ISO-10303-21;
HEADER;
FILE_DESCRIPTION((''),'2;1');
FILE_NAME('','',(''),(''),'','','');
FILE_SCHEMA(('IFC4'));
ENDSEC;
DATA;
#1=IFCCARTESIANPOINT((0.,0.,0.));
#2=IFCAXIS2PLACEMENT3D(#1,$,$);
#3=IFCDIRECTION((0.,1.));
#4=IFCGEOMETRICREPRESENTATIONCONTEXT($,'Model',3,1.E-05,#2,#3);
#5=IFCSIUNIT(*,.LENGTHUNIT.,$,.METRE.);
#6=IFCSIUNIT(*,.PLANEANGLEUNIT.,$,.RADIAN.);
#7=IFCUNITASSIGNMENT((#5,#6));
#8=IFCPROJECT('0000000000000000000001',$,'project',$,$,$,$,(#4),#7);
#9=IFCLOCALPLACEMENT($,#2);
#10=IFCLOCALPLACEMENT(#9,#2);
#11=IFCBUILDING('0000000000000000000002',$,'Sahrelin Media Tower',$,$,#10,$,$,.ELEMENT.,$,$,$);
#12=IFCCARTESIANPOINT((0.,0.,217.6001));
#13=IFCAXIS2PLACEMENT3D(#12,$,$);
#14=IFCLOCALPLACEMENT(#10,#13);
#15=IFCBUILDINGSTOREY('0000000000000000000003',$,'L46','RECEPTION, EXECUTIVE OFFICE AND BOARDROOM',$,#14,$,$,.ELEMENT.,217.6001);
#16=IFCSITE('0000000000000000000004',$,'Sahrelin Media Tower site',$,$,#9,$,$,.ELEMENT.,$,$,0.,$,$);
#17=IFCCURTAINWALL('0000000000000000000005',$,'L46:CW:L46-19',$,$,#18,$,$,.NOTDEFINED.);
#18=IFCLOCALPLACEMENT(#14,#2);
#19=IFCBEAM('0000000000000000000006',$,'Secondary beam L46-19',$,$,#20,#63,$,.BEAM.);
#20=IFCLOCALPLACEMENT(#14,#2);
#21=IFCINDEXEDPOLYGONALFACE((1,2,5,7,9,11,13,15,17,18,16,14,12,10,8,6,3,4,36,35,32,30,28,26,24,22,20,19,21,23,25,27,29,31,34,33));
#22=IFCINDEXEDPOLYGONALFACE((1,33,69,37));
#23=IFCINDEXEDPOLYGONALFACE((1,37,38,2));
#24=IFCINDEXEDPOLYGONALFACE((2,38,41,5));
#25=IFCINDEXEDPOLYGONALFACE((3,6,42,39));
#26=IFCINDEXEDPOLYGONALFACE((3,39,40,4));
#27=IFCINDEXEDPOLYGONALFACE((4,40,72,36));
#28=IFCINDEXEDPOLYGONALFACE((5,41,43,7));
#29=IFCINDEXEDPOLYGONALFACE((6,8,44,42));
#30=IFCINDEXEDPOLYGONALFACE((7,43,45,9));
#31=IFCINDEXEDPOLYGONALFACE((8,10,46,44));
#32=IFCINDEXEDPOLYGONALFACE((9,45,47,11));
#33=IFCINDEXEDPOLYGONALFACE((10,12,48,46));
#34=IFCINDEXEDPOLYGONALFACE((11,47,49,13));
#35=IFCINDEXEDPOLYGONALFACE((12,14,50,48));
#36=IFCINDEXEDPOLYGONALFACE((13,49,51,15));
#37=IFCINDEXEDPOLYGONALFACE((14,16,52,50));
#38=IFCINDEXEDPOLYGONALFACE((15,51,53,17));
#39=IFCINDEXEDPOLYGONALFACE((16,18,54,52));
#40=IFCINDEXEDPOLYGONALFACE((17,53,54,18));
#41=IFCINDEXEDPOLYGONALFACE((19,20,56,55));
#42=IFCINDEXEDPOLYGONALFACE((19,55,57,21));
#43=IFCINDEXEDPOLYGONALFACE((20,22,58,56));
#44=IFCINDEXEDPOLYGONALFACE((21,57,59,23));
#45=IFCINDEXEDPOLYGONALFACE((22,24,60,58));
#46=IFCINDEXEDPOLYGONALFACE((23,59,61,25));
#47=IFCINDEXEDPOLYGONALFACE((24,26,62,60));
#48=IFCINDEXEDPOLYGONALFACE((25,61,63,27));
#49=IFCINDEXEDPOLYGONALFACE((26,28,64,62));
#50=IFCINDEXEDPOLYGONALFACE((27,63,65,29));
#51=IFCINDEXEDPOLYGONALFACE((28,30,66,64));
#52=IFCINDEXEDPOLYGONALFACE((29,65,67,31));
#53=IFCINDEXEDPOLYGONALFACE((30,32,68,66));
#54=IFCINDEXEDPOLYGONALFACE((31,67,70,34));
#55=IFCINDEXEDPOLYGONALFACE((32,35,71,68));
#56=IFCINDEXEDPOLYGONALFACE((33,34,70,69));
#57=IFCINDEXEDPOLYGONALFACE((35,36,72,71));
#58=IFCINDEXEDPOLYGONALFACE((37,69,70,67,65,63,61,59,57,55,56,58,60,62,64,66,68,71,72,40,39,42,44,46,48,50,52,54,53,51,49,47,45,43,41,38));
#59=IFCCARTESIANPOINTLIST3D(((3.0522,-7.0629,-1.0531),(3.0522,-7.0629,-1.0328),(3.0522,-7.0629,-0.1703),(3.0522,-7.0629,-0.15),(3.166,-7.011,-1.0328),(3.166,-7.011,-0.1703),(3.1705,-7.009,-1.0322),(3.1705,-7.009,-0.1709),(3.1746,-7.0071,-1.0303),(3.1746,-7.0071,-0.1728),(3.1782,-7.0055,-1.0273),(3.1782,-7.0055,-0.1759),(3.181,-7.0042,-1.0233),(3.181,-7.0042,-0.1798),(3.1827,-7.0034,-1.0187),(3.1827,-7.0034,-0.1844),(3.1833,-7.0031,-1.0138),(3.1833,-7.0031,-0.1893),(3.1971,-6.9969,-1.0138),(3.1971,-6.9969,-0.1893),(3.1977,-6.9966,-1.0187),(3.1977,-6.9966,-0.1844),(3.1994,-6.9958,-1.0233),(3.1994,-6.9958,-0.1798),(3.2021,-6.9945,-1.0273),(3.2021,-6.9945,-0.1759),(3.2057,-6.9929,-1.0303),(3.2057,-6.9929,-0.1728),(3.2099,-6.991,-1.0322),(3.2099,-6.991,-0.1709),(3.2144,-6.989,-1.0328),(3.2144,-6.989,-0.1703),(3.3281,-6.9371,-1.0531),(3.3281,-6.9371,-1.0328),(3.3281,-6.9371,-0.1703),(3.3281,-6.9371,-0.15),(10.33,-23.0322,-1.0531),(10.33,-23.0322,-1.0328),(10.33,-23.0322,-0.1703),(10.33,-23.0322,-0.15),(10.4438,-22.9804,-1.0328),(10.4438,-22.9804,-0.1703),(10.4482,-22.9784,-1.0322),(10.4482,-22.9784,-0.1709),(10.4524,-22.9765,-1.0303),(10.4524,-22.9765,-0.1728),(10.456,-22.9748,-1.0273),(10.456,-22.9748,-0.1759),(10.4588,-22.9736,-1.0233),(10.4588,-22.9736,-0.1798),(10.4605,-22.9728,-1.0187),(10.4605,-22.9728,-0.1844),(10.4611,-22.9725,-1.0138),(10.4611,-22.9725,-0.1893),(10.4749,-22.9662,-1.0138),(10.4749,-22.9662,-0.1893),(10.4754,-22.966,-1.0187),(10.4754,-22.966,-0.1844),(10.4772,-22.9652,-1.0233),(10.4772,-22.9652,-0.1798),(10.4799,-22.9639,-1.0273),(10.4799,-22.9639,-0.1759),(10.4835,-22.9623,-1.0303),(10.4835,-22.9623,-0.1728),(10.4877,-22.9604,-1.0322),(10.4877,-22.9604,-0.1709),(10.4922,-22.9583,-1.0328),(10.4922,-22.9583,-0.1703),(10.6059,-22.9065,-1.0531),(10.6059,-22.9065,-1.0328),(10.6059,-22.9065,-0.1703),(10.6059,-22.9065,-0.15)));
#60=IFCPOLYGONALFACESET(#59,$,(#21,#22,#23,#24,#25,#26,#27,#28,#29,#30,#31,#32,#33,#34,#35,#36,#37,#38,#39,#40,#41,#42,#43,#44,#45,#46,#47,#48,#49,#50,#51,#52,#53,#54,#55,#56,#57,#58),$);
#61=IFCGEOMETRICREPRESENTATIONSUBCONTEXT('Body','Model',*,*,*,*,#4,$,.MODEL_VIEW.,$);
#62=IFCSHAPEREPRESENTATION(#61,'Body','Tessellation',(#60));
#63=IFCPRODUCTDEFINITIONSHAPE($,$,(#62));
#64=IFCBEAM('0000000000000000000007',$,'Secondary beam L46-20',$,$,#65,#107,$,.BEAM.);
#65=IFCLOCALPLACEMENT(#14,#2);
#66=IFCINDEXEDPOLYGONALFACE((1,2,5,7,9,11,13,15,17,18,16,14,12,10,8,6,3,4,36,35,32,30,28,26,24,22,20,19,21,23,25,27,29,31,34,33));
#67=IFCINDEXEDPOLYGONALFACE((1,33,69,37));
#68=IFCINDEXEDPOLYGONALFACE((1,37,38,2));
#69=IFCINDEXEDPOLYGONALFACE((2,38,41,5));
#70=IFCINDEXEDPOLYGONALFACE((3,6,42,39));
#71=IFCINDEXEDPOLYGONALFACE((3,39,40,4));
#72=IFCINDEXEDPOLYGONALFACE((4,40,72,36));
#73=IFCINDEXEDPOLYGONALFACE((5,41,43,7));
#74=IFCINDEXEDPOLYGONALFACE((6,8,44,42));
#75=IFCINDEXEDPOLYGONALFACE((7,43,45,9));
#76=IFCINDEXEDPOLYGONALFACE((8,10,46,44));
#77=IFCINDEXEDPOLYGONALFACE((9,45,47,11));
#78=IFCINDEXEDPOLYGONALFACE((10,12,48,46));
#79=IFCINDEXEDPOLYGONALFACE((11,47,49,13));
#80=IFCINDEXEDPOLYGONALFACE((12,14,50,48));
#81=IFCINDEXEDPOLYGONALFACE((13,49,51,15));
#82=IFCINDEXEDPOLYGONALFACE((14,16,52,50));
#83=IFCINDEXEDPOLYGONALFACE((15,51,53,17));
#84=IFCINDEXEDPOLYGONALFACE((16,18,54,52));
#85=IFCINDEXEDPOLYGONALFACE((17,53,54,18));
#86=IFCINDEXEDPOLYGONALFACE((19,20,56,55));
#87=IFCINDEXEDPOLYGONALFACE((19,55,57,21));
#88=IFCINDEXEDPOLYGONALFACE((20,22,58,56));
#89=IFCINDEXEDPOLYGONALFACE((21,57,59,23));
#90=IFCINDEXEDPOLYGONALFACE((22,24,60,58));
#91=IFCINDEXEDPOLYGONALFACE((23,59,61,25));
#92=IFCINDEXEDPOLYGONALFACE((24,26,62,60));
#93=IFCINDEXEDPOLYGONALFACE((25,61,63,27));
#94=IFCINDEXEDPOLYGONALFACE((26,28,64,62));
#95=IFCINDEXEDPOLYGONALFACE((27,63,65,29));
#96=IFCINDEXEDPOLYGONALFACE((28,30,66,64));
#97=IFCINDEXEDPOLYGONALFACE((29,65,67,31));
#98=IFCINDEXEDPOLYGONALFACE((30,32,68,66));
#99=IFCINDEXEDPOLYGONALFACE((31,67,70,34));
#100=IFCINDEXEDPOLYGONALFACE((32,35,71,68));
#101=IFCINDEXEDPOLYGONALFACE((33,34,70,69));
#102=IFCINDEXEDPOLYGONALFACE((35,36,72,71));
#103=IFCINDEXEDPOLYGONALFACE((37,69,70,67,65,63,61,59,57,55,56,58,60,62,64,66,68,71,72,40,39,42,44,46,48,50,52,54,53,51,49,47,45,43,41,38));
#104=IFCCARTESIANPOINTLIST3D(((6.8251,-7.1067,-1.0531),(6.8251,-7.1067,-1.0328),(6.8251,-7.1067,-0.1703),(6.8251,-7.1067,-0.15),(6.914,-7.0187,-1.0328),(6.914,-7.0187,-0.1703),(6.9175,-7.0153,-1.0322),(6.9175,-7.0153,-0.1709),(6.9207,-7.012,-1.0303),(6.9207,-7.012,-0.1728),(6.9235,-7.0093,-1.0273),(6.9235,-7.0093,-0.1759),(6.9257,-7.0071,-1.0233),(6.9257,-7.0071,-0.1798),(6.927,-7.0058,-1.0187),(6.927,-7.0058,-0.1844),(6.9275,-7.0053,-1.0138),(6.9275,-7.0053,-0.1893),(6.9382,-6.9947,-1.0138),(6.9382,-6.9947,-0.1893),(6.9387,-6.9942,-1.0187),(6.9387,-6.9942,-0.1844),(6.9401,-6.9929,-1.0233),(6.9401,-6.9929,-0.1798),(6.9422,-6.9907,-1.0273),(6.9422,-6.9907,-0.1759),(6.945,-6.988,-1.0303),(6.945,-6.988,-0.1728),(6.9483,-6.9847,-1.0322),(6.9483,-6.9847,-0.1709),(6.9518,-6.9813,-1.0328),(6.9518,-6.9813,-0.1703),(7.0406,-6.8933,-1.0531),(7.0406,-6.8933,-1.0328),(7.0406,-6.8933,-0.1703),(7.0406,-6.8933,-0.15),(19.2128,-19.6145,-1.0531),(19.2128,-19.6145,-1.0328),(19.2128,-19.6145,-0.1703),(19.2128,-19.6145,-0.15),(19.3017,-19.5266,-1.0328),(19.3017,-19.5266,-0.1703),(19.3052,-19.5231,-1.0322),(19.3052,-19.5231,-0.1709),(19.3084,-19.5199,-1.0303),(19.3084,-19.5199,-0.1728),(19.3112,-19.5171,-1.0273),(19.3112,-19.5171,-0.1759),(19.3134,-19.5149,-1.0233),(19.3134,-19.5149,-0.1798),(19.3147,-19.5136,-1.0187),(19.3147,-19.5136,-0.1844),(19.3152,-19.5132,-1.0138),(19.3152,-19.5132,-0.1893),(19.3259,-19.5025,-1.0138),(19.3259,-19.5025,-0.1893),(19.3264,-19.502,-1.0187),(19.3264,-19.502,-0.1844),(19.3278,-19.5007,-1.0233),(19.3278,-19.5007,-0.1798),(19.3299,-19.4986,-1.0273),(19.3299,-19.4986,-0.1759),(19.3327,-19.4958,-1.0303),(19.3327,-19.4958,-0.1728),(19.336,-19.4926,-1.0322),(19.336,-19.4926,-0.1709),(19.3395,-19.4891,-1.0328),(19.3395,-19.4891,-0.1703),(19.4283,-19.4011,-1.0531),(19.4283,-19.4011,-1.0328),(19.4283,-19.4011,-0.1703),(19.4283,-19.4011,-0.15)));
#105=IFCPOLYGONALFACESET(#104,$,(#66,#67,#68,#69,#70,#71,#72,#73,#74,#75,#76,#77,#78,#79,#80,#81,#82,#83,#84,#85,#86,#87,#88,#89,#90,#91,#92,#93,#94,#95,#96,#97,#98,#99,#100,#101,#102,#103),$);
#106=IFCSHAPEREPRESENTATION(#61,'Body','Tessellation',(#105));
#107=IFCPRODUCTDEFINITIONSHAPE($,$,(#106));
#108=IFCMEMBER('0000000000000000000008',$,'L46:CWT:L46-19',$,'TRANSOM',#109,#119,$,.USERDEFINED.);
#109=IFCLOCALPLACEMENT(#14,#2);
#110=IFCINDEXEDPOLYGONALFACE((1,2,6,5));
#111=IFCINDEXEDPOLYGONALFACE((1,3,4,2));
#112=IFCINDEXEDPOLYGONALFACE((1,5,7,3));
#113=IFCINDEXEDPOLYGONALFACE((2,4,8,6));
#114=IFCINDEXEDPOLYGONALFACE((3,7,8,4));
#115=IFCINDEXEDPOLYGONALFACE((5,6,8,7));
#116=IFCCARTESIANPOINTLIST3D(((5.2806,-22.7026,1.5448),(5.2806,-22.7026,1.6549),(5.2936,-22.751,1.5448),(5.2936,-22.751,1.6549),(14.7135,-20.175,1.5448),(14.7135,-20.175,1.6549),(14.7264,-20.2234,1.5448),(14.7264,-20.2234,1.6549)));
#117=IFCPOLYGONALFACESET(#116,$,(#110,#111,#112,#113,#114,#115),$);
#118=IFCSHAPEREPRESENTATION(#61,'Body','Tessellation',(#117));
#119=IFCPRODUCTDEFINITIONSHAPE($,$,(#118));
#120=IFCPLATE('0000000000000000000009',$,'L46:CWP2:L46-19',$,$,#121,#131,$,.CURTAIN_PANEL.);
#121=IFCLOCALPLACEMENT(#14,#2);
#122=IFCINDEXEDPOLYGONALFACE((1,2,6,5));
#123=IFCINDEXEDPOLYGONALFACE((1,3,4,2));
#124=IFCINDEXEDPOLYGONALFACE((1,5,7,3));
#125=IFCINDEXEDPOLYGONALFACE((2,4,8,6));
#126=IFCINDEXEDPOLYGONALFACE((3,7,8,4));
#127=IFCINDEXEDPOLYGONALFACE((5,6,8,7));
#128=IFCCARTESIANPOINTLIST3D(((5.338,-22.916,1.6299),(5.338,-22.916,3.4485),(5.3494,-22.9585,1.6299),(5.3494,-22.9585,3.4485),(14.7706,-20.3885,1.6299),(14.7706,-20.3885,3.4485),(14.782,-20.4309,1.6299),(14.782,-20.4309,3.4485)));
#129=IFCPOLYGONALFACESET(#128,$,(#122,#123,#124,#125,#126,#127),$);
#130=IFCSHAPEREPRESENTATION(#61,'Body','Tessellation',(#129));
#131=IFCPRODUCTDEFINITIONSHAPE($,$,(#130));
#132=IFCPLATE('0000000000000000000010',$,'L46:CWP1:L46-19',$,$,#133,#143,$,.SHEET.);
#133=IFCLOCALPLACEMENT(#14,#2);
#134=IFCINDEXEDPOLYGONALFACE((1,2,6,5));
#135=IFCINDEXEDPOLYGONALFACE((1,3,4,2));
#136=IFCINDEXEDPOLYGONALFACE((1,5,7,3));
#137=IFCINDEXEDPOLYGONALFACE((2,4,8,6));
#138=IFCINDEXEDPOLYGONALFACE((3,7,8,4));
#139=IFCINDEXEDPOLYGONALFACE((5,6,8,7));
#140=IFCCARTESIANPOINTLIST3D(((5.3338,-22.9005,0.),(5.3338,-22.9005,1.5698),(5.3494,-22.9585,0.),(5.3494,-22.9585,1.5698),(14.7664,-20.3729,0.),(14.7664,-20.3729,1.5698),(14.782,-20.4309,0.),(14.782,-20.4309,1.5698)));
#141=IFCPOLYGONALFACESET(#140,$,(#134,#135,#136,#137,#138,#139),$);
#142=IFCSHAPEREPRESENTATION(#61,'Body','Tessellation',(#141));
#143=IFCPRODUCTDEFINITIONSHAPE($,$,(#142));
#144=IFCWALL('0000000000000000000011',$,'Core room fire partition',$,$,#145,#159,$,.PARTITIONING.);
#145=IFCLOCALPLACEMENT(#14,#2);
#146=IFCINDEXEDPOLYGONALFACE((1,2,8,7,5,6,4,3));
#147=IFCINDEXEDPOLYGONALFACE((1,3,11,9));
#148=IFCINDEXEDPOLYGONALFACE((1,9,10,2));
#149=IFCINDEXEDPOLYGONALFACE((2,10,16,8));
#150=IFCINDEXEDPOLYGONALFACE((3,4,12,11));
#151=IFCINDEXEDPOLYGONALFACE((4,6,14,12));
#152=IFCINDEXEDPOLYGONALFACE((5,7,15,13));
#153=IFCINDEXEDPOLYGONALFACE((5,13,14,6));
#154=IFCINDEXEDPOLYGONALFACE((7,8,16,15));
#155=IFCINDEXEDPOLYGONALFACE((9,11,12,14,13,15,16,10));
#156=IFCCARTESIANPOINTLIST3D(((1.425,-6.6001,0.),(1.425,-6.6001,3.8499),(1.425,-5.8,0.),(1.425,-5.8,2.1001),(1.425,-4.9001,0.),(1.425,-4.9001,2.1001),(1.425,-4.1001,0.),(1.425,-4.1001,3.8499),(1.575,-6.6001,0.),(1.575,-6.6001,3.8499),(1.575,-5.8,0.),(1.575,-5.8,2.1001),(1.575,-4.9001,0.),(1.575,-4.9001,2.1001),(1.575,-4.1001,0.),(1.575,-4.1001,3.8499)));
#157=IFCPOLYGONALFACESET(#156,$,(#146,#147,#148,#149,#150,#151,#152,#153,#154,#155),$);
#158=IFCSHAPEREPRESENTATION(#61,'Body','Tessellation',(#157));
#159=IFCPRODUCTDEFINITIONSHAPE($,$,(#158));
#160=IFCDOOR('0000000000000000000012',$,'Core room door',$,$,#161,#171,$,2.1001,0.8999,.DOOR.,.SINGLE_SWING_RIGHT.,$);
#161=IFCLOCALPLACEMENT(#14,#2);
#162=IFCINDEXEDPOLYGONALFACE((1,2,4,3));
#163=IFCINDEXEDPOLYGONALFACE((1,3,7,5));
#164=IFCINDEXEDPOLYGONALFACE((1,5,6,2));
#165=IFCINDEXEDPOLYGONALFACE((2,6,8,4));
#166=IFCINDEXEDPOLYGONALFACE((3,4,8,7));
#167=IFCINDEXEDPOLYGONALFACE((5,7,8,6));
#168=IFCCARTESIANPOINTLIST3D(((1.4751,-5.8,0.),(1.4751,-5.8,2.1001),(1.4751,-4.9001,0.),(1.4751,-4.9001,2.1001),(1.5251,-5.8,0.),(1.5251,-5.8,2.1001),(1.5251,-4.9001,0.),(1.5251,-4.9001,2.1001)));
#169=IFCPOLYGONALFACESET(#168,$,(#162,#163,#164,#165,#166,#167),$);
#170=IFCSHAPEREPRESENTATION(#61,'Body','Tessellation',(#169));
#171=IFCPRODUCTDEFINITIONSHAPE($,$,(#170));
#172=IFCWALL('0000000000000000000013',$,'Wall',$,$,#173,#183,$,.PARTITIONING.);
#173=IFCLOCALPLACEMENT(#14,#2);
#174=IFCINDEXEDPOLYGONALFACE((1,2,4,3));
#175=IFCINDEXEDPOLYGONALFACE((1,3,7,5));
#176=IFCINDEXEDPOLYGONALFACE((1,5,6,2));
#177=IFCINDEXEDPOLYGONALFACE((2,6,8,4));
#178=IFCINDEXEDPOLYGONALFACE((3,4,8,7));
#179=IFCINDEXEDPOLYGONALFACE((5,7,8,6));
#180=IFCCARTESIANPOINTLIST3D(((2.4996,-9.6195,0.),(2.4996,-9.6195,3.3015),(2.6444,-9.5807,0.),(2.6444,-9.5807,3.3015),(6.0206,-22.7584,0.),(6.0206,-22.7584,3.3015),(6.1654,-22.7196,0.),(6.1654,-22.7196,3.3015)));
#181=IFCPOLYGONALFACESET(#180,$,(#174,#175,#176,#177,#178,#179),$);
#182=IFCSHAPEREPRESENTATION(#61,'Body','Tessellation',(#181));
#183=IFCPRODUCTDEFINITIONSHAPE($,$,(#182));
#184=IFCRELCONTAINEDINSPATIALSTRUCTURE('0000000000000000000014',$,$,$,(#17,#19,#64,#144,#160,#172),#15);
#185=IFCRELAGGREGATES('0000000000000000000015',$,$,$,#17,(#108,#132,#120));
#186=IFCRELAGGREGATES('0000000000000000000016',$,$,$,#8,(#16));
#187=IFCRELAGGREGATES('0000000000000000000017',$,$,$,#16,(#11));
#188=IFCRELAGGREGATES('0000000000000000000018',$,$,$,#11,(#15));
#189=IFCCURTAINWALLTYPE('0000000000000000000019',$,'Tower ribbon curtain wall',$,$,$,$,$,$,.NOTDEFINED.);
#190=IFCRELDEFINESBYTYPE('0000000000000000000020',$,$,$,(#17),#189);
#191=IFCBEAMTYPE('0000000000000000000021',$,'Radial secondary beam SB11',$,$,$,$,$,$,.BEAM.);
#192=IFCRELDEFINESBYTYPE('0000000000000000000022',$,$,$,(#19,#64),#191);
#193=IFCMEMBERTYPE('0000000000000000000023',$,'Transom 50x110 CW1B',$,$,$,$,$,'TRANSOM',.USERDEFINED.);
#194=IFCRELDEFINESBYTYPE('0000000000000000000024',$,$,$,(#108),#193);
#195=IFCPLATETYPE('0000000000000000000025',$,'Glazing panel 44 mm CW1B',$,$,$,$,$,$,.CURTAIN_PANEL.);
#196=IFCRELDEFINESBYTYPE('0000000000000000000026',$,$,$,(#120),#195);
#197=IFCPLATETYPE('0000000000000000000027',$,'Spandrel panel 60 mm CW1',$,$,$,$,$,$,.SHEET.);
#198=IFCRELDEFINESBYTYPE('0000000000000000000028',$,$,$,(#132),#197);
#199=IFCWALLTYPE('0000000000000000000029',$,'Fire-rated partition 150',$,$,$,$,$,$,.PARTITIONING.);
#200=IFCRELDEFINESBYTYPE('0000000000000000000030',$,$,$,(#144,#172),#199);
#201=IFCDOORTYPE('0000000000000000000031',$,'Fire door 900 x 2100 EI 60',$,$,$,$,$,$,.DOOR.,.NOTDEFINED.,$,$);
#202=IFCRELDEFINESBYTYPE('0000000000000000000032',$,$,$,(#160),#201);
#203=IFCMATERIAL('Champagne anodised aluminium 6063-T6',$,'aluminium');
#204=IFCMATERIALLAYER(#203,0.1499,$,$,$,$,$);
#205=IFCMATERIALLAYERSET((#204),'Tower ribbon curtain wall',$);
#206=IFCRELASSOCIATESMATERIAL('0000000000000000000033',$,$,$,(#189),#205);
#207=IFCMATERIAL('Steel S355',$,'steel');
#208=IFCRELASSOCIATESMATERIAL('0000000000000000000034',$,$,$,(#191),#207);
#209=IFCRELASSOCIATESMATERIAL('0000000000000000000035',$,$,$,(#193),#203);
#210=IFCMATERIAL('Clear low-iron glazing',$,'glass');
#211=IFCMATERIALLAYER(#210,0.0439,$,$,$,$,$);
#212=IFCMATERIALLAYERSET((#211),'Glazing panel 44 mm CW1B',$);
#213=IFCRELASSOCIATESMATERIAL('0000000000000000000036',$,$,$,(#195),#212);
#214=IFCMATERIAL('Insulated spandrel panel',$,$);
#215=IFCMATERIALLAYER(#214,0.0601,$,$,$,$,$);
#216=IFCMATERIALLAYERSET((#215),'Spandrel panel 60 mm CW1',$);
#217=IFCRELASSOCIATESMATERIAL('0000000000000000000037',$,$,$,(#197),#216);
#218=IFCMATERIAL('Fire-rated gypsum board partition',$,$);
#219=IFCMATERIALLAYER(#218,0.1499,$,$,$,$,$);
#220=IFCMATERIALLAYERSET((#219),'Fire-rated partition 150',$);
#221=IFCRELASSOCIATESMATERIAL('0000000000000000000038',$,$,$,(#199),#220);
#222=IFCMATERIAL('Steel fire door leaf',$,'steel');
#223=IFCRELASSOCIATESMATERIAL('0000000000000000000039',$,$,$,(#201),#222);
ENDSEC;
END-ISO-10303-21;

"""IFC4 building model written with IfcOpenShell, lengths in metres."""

from ifc_helpers import new_model, si_unit, direction, frame, frame_2d, origin, origin_2d, place, context, subcontext, project, spatial, polyline, rectangle, i_section, outline, extrude, material, layer, layer_set, material_profile, profile_set, type_object, element, fill, aggregate, save


model = new_model("IFC4")

# Units and contexts
model_context = context("Model", 3, precision=1e-05, world=origin(), true_north=direction((0.0, 1.0)))
body_context = subcontext(model_context, "Body", "Model", "MODEL_VIEW")
ifc_project = project(units=[si_unit("LENGTHUNIT", "METRE"), si_unit("PLANEANGLEUNIT", "RADIAN")], contexts=[model_context])

# Site, building, storey
site_placement = place(None, origin())
site = spatial("IfcSite", under=ifc_project, at=site_placement, Name="Sahrelin Media Tower site", CompositionType="ELEMENT", RefElevation=0.0)
building_placement = place(site_placement, origin())
building = spatial("IfcBuilding", under=site, at=building_placement, Name="Sahrelin Media Tower", CompositionType="ELEMENT")
storey_placement = place(building_placement, frame((0.0, 0.0, 217.6001)))
storey = spatial("IfcBuildingStorey", under=building, at=storey_placement, Name="L46", Description="RECEPTION, EXECUTIVE OFFICE AND BOARDROOM", CompositionType="ELEMENT", Elevation=217.6001)

# Shared definitions
ifc_material_1 = material(Name="Steel S355", Category="steel")

# Curtain wall
ifc_material_2 = material(Name="Champagne anodised aluminium 6063-T6", Category="aluminium")
ifc_layer_1 = layer(ifc_material_2, 0.1499)
ifc_layer_set_1 = layer_set([ifc_layer_1], Name="Tower ribbon curtain wall")
curtain_wall_type = type_object("IfcCurtainWallType", Name="Tower ribbon curtain wall", PredefinedType="NOTDEFINED", material=ifc_layer_set_1)
curtain_wall_1_placement = place(storey_placement, frame((10.0603, -21.6753, 0.0), z_axis=(0.0, 0.0, 1.0), x_axis=(1.0, 0.0, 0.0)))
curtain_wall_1 = element("IfcCurtainWall", 1, at=curtain_wall_1_placement, inside=storey, type_object=curtain_wall_type, Name="L46:CW:L46-19", PredefinedType="NOTDEFINED")

# Beams
ifc_material_profile_1 = material_profile(ifc_material_1, i_section(OverallWidth=0.3032, OverallDepth=0.9031, WebThickness=0.0151, FlangeThickness=0.0203, FilletRadius=0.019, at=origin_2d()), Name="UB 914x305x201")
ifc_profile_set_1 = profile_set([ifc_material_profile_1], Name="Steel S355")
beam_type_1 = type_object("IfcBeamType", Name="Radial secondary beam SB11", PredefinedType="BEAM", material=ifc_profile_set_1)
beam_1_placement = place(storey_placement, frame((3.1902, -7.0, -0.6016), z_axis=(0.414699, -0.909959, 0.0), x_axis=(0.909959, 0.414699, 0.0)))
element("IfcBeam", 2, at=beam_1_placement, inside=storey, type_object=beam_type_1, Name="Secondary beam L46-19", PredefinedType="BEAM", context=body_context, shape_type="SweptSolid", body=[
    extrude(i_section(OverallWidth=0.3032, OverallDepth=0.9031, WebThickness=0.0151, FlangeThickness=0.0203, FilletRadius=0.019, at=origin_2d()), origin(), (0.0, 0.0, 1.0), 17.5496),
])
beam_2_placement = place(storey_placement, frame((6.9329, -7.0, -0.6016), z_axis=(0.703687, -0.71051, 0.0), x_axis=(0.71051, 0.703687, 0.0)))
element("IfcBeam", 3, at=beam_2_placement, inside=storey, type_object=beam_type_1, Name="Secondary beam L46-20", PredefinedType="BEAM", context=body_context, shape_type="SweptSolid", body=[
    extrude(i_section(OverallWidth=0.3032, OverallDepth=0.9031, WebThickness=0.0151, FlangeThickness=0.0203, FilletRadius=0.019, at=origin_2d()), origin(), (0.0, 0.0, 1.0), 17.604),
])

# Member
ifc_material_profile_2 = material_profile(ifc_material_2, rectangle(XDim=0.05, YDim=0.1101, at=origin_2d()), Name="Transom 50x110")
ifc_profile_set_2 = profile_set([ifc_material_profile_2], Name="Champagne anodised aluminium 6063-T6")
member_type_1 = type_object("IfcMemberType", Name="Transom 50x110 CW1B", ElementType="TRANSOM", PredefinedType="USERDEFINED", material=ifc_profile_set_2)
member_1_placement = place(storey_placement, frame((5.2871, -22.7268, 1.5999), z_axis=(0.965924, 0.258825, 0.0), x_axis=(-0.258825, 0.965924, 0.0)))
member_1 = element("IfcMember", 4, at=member_1_placement, type_object=member_type_1, Name="L46:CWT:L46-19", ObjectType="TRANSOM", PredefinedType="USERDEFINED", context=body_context, shape_type="SweptSolid", body=[
    extrude(rectangle(XDim=0.05, YDim=0.1101, at=origin_2d()), origin(), (0.0, 0.0, 1.0), 9.7656),
])

# Plates
ifc_material_3 = material(Name="Clear low-iron glazing", Category="glass")
ifc_layer_2 = layer(ifc_material_3, 0.0439)
ifc_layer_set_2 = layer_set([ifc_layer_2], Name="Glazing panel 44 mm CW1B")
plate_type_1 = type_object("IfcPlateType", Name="Glazing panel 44 mm CW1B", PredefinedType="CURTAIN_PANEL", material=ifc_layer_set_2)
plate_1_placement = place(storey_placement, frame((5.3494, -22.9585, 1.6299), z_axis=(0.258831, -0.965923, 0.0), x_axis=(0.965923, 0.258831, 0.0)))
plate_1 = element("IfcPlate", 5, at=plate_1_placement, type_object=plate_type_1, Name="L46:CWP2:L46-19", PredefinedType="CURTAIN_PANEL", context=body_context, shape_type="SweptSolid", body=[
    extrude(outline(polyline([(0.0, 0.0), (9.7654, 0.0), (9.7654, 1.8186), (0.0, 1.8186), (0.0, 0.0)])), origin(), (0.0, 0.0, -1.0), 0.0439),
])
ifc_material_4 = material(Name="Insulated spandrel panel")
ifc_layer_3 = layer(ifc_material_4, 0.0601)
ifc_layer_set_3 = layer_set([ifc_layer_3], Name="Spandrel panel 60 mm CW1")
plate_type_2 = type_object("IfcPlateType", Name="Spandrel panel 60 mm CW1", PredefinedType="SHEET", material=ifc_layer_set_3)
plate_2_placement = place(storey_placement, frame((5.3494, -22.9585, 0.0), z_axis=(0.258831, -0.965923, 0.0), x_axis=(0.965923, 0.258831, 0.0)))
plate_2 = element("IfcPlate", 6, at=plate_2_placement, type_object=plate_type_2, Name="L46:CWP1:L46-19", PredefinedType="SHEET", context=body_context, shape_type="SweptSolid", body=[
    extrude(outline(polyline([(0.0, 0.0), (9.7654, 0.0), (9.7654, 1.5698), (0.0, 1.5698), (0.0, 0.0)])), origin(), (0.0, 0.0, -1.0), 0.0601),
])
aggregate(curtain_wall_1, [member_1, plate_2, plate_1])

# Wall, opening, door
ifc_material_5 = material(Name="Fire-rated gypsum board partition")
ifc_layer_4 = layer(ifc_material_5, 0.1499)
ifc_layer_set_4 = layer_set([ifc_layer_4], Name="Fire-rated partition 150")
wall_type_1 = type_object("IfcWallType", Name="Fire-rated partition 150", PredefinedType="PARTITIONING", material=ifc_layer_set_4)
wall_1_placement = place(storey_placement, frame((1.5, -6.6001, 0.0), z_axis=(0.0, 0.0, 1.0), x_axis=(0.0, 1.0, 0.0)))
wall_1 = element("IfcWall", 7, at=wall_1_placement, inside=storey, type_object=wall_type_1, Name="Core room fire partition", PredefinedType="PARTITIONING", context=body_context, shape_type="SweptSolid", body=[
    extrude(rectangle(XDim=2.5, YDim=0.1499, at=frame_2d((1.25, 0.0))), origin(), (0.0, 0.0, 1.0), 3.8499),
])
opening_1_placement = place(wall_1_placement, frame((0.8, 0.0, 0.0)))
opening_1 = element("IfcOpeningElement", 8, at=opening_1_placement, cuts=wall_1, PredefinedType="OPENING", context=body_context, shape_type="SweptSolid", body=[
    extrude(rectangle(XDim=0.8999, YDim=2.1001, at=frame_2d((0.45, 1.05))), frame((0.0, 0.075, 0.0), z_axis=(0.0, -1.0, 0.0), x_axis=(1.0, 0.0, 0.0)), (0.0, 0.0, 1.0), 0.1499),
])
ifc_material_6 = material(Name="Steel fire door leaf", Category="steel")
door_type_1 = type_object("IfcDoorType", Name="Fire door 900 x 2100 EI 60", OperationType="NOTDEFINED", PredefinedType="DOOR", material=ifc_material_6)
door_1_placement = place(opening_1_placement, origin())
door_1 = element("IfcDoor", 9, at=door_1_placement, inside=storey, type_object=door_type_1, Name="Core room door", OperationType="SINGLE_SWING_RIGHT", OverallHeight=2.1001, OverallWidth=0.8999, PredefinedType="DOOR", context=body_context, shape_type="SweptSolid", body=[
    extrude(rectangle(XDim=0.8999, YDim=2.1001, at=frame_2d((0.45, 1.05))), frame((0.0, 0.0249, 0.0), z_axis=(0.0, -1.0, 0.0), x_axis=(1.0, 0.0, 0.0)), (0.0, 0.0, 1.0), 0.05),
])
fill(opening_1, door_1)

# Wall
wall_2_placement = place(storey_placement, frame((2.572, -9.6001, 0.0), z_axis=(0.0, 0.0, 1.0), x_axis=(0.258849, -0.965918, 0.0)))
element("IfcWall", 10, at=wall_2_placement, inside=storey, type_object=wall_type_1, Name="Wall", PredefinedType="PARTITIONING", context=body_context, shape_type="SweptSolid", body=[
    extrude(rectangle(XDim=13.6025, YDim=0.1499, at=frame_2d((6.8013, 0.0))), origin(), (0.0, 0.0, 1.0), 3.3015),
])

save(model, "model.ifc")
